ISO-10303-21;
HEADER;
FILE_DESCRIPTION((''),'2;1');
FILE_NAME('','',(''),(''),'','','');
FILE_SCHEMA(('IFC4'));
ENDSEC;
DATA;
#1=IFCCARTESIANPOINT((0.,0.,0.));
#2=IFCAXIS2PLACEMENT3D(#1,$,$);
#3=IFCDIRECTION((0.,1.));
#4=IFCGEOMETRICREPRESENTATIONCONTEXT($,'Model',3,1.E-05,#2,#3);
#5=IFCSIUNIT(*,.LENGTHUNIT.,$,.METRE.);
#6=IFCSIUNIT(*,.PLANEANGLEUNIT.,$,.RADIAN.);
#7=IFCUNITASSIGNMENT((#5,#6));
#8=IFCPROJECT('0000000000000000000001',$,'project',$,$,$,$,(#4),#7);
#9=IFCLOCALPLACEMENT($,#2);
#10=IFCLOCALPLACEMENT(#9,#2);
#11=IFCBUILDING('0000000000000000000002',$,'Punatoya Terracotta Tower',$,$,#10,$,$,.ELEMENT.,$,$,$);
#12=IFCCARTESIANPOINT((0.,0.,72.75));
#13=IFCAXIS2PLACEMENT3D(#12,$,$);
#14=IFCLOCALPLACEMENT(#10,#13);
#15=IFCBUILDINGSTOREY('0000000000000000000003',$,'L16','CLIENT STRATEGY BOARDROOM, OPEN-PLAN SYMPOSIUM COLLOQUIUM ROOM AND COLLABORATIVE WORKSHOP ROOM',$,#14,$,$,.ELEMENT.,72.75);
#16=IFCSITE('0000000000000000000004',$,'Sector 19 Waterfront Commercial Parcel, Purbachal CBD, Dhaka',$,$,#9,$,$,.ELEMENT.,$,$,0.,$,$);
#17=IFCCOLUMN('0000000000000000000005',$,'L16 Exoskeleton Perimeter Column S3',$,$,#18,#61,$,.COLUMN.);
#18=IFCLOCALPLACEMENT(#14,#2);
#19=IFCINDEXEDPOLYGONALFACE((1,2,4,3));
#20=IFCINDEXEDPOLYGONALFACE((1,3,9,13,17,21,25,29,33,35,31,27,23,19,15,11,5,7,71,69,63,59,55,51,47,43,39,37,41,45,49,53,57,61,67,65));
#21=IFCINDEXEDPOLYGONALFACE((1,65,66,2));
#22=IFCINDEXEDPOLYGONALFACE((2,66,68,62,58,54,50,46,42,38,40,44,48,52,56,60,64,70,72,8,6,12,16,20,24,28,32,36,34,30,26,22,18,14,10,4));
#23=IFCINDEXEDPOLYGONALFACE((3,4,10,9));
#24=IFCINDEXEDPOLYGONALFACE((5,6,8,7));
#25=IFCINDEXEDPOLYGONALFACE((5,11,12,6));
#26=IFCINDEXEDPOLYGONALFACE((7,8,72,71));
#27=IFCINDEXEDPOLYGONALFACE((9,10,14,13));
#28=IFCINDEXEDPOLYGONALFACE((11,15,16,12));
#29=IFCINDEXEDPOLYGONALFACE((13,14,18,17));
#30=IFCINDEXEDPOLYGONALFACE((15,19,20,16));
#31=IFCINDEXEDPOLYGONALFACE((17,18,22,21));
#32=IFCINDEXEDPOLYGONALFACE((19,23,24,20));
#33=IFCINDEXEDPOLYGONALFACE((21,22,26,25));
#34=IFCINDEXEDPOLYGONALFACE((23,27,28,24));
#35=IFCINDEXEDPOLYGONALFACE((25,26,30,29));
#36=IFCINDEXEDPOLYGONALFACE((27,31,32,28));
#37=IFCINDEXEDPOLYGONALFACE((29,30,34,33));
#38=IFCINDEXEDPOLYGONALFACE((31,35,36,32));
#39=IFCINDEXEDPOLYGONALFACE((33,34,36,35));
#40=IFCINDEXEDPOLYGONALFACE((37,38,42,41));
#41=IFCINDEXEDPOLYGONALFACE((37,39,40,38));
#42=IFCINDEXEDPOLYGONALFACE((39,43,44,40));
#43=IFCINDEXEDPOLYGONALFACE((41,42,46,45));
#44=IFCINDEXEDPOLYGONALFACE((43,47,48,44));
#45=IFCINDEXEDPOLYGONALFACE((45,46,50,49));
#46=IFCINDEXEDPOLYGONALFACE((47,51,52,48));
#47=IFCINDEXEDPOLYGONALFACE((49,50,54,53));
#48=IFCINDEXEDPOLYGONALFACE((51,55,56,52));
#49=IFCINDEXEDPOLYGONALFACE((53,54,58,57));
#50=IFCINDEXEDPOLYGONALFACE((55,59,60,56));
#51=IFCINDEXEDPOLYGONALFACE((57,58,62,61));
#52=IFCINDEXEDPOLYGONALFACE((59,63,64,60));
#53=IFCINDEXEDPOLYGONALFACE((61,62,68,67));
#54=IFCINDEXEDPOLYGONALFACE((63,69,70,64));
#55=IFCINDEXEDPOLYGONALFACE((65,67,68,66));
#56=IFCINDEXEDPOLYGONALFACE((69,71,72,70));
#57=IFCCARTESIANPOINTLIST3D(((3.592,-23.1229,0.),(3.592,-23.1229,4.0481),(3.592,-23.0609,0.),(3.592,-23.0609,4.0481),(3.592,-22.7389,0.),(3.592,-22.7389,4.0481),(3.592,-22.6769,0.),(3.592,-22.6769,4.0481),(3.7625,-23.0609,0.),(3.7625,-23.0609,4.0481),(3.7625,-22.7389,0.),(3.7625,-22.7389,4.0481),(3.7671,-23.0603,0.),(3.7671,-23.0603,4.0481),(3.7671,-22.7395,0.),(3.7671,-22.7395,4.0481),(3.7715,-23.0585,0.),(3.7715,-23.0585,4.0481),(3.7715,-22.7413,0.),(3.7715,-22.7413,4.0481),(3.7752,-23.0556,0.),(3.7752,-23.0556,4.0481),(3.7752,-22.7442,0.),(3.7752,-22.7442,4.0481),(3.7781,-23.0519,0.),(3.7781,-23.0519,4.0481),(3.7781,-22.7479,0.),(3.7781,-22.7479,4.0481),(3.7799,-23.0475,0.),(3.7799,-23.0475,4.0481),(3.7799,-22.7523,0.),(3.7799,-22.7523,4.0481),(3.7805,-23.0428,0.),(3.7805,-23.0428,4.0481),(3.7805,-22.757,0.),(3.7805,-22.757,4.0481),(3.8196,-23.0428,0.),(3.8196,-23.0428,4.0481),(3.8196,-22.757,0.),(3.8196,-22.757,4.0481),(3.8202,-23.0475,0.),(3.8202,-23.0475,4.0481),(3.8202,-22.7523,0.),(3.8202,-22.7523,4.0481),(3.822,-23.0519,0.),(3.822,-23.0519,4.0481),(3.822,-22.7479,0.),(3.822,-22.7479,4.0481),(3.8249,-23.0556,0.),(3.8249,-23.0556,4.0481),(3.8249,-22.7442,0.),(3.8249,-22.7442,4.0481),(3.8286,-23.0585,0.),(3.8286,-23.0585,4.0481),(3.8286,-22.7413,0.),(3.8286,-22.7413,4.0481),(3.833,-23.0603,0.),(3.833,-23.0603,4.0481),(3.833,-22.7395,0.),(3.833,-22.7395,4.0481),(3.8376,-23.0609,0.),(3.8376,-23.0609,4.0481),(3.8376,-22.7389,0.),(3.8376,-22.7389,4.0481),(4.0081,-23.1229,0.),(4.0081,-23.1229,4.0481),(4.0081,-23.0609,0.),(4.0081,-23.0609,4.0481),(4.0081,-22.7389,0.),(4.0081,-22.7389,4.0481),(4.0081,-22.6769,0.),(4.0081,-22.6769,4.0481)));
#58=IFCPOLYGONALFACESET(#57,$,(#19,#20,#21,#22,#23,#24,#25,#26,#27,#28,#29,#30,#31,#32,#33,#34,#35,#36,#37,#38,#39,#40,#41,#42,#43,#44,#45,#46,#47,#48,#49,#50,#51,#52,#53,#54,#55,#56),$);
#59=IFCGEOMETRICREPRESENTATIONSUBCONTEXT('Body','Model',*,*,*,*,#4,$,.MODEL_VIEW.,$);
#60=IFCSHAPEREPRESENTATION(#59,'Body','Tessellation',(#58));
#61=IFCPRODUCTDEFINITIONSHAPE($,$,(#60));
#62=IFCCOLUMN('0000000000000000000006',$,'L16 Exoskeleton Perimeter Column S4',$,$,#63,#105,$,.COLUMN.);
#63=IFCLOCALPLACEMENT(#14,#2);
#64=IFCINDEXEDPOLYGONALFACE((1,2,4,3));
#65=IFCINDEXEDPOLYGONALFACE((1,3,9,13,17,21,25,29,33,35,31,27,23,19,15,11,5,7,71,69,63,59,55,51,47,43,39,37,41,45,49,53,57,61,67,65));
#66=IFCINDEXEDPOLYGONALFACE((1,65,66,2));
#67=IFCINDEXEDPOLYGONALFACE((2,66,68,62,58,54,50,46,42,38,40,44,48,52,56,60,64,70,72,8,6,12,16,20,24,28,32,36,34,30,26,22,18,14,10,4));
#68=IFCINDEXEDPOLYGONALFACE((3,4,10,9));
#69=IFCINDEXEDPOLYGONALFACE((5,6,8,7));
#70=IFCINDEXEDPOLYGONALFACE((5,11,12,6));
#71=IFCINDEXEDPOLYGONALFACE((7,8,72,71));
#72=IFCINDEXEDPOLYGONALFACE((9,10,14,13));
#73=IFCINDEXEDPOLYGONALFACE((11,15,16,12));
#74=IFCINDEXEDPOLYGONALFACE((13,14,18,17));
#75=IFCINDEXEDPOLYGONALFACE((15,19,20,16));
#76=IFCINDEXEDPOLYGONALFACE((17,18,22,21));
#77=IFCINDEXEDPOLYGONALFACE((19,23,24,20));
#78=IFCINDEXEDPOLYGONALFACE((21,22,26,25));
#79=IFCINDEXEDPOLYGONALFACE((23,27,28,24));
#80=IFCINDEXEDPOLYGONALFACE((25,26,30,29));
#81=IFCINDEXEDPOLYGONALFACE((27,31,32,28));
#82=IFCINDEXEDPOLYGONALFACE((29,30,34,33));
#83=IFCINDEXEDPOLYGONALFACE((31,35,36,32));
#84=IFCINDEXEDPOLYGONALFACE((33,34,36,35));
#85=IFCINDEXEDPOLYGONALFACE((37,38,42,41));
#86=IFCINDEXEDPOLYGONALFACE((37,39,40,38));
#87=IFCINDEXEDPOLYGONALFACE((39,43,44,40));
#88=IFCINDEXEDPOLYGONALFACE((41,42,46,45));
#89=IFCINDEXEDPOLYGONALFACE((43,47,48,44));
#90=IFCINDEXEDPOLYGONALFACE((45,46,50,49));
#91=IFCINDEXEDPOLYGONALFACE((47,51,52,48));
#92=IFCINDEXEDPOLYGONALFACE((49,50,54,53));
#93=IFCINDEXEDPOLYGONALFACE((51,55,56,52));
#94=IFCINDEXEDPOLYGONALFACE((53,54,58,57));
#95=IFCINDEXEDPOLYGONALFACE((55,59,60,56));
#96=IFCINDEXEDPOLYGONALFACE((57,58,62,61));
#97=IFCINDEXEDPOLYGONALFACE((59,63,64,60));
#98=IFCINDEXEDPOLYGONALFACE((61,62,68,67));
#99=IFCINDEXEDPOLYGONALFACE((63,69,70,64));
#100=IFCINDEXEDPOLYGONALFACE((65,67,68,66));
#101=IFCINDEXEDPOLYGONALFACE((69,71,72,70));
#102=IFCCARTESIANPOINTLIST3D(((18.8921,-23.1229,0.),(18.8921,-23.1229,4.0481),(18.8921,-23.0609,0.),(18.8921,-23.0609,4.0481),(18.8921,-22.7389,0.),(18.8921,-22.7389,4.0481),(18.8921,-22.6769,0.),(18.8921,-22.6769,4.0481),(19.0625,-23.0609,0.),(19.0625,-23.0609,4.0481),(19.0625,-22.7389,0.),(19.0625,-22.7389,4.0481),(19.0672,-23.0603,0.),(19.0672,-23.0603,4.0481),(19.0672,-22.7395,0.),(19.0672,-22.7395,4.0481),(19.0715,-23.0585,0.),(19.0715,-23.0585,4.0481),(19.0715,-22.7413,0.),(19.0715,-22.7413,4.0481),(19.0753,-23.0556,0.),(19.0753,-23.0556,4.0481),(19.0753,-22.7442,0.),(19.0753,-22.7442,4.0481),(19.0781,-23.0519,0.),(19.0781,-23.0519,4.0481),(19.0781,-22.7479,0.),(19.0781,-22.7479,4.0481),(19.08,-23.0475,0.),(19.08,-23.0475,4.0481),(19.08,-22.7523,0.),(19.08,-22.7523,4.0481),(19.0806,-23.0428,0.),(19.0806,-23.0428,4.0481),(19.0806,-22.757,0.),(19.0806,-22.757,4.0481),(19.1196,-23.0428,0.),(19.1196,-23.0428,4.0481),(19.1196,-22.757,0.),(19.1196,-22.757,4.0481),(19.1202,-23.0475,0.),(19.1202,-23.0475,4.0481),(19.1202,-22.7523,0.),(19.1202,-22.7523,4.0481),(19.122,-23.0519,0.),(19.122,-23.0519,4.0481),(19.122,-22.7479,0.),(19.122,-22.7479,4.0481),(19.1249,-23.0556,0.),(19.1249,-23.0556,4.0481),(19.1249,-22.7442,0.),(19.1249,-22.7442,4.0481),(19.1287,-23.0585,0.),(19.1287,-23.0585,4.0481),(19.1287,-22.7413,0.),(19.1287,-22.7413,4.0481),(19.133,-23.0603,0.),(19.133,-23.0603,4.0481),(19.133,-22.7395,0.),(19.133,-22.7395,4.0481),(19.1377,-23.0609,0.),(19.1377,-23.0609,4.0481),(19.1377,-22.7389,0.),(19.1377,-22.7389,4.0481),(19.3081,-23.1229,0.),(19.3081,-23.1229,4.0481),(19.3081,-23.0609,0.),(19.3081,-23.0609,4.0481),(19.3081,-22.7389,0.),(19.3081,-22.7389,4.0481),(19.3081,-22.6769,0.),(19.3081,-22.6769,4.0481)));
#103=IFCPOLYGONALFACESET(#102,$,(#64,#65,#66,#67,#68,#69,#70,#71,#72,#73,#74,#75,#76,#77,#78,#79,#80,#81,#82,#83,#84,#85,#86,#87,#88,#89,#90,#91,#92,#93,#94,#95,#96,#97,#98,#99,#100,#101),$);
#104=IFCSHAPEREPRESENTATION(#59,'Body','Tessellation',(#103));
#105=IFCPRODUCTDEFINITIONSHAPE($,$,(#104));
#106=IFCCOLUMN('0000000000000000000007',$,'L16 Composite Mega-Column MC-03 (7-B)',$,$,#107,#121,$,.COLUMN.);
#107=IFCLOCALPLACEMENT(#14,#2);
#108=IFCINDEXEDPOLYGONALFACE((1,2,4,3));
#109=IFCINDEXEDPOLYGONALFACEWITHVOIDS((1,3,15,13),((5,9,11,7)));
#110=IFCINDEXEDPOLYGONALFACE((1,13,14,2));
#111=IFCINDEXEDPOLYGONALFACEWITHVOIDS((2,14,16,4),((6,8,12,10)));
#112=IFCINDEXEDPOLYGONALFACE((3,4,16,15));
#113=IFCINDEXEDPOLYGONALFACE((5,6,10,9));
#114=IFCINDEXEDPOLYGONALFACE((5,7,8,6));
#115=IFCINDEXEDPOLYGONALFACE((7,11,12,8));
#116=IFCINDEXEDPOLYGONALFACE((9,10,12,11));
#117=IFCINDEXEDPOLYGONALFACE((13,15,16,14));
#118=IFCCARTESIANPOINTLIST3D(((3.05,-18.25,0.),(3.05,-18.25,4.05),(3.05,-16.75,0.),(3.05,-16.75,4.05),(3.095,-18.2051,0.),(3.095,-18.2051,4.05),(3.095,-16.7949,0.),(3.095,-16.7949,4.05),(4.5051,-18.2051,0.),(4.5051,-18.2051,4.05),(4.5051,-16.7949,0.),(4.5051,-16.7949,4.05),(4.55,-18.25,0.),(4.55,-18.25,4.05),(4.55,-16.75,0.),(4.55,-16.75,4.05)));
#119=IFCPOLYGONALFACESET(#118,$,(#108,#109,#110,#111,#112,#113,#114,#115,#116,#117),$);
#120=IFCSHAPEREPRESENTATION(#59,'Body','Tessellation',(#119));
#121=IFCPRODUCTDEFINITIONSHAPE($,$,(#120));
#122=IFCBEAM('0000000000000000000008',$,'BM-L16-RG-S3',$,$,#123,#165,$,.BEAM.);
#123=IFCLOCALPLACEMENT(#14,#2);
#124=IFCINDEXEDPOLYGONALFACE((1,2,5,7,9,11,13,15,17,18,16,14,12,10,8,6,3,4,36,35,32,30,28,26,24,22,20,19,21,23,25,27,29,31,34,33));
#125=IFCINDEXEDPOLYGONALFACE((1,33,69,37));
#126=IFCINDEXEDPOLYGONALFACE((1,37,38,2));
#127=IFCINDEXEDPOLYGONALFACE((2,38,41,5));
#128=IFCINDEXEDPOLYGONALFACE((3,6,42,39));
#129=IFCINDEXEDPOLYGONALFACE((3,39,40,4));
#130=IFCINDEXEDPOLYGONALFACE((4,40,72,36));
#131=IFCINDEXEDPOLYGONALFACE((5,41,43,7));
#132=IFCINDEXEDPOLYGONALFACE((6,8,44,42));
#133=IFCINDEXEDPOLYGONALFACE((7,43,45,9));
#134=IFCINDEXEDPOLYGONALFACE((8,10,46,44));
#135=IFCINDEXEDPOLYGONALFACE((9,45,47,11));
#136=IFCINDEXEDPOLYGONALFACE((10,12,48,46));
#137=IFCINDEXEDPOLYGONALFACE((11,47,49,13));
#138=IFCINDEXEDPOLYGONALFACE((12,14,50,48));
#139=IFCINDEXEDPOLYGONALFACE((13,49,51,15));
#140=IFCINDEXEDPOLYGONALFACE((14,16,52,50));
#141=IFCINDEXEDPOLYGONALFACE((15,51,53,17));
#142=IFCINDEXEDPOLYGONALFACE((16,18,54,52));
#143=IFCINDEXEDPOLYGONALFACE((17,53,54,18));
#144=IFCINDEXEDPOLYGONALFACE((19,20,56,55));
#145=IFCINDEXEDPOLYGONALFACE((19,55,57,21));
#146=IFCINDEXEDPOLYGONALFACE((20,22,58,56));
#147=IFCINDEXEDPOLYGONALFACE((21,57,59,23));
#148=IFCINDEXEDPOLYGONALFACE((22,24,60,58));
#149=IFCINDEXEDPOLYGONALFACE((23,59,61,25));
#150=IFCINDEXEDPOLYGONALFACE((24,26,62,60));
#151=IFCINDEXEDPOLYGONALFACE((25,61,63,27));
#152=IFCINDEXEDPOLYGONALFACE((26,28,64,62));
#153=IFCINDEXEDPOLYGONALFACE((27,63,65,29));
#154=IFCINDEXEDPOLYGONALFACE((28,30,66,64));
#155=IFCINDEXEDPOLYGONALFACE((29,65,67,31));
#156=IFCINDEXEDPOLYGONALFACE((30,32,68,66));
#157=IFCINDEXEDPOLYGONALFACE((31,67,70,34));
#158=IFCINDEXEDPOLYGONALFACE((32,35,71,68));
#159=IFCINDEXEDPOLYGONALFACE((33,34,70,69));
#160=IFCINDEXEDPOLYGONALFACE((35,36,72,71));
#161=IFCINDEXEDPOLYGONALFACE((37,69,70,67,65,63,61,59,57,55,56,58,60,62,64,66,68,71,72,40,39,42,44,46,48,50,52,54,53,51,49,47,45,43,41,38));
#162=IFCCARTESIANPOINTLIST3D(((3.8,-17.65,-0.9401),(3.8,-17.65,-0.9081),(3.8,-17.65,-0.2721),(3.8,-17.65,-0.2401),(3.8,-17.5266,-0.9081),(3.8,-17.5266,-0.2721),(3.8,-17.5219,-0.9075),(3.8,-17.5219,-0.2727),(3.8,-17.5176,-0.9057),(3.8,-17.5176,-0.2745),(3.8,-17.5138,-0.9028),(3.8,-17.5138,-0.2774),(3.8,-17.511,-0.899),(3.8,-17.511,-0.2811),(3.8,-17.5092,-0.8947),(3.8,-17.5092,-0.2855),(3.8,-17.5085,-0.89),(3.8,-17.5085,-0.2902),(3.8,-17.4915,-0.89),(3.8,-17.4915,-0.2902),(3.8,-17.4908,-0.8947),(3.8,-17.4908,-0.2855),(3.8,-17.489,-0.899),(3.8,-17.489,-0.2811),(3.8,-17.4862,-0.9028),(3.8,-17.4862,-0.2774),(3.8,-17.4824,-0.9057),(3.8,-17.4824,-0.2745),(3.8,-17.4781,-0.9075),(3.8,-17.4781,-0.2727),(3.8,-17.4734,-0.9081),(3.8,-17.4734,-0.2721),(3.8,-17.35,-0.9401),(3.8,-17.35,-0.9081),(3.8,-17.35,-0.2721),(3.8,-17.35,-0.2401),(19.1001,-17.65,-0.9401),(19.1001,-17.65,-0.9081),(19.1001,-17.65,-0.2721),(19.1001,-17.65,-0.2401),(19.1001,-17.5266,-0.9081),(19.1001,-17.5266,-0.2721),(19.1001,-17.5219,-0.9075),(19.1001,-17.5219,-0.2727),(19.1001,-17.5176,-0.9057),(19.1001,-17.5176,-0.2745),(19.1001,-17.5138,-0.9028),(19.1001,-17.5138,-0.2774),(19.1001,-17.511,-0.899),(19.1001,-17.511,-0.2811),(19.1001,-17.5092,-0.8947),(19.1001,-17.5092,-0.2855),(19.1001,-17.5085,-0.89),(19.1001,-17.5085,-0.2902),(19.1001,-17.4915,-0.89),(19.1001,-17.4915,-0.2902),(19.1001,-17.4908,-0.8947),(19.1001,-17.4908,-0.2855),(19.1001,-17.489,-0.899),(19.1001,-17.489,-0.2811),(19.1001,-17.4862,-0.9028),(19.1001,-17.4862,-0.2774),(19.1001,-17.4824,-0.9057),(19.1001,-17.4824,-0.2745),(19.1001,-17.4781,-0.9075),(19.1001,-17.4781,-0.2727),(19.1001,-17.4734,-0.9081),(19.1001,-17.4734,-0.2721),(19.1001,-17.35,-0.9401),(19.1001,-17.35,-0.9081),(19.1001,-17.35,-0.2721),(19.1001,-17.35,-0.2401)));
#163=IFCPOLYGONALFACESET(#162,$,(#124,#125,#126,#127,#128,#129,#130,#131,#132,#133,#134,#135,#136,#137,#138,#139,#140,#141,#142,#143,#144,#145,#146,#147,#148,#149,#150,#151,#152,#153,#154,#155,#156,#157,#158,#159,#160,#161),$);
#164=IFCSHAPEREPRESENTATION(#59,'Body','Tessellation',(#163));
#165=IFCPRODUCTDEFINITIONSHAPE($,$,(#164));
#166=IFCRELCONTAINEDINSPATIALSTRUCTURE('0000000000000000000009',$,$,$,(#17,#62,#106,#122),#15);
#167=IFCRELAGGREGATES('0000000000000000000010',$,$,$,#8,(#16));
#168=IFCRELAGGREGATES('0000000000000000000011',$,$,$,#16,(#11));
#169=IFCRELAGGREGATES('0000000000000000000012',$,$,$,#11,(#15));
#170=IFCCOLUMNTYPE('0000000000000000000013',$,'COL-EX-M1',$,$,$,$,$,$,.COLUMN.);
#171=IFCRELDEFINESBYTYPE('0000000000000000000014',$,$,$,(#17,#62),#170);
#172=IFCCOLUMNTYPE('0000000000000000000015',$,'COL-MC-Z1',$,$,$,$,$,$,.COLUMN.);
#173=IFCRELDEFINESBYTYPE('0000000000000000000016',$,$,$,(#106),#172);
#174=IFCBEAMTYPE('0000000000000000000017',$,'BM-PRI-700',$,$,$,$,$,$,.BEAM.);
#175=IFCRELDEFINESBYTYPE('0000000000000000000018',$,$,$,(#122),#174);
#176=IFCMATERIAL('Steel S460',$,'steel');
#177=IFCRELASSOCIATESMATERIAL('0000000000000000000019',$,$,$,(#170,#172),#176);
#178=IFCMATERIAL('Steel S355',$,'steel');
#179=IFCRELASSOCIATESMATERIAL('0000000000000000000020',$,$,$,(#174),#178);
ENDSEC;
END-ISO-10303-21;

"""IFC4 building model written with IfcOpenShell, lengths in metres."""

from ifc_helpers import new_model, si_unit, direction, frame, origin, origin_2d, place, context, subcontext, project, spatial, hollow_rectangle, i_section, extrude, material, material_profile, profile_set, type_object, element, save


model = new_model("IFC4")

# Units and contexts
model_context = context("Model", 3, precision=1e-05, world=origin(), true_north=direction((0.0, 1.0)))
body_context = subcontext(model_context, "Body", "Model", "MODEL_VIEW")
ifc_project = project(units=[si_unit("LENGTHUNIT", "METRE"), si_unit("PLANEANGLEUNIT", "RADIAN")], contexts=[model_context])

# Site, building, storey
site_placement = place(None, origin())
site = spatial("IfcSite", under=ifc_project, at=site_placement, Name="Sector 19 Waterfront Commercial Parcel, Purbachal CBD, Dhaka", CompositionType="ELEMENT", RefElevation=0.0)
building_placement = place(site_placement, origin())
building = spatial("IfcBuilding", under=site, at=building_placement, Name="Punatoya Terracotta Tower", CompositionType="ELEMENT")
storey_placement = place(building_placement, frame((0.0, 0.0, 72.75)))
storey = spatial("IfcBuildingStorey", under=building, at=storey_placement, Name="L16", Description="CLIENT STRATEGY BOARDROOM, OPEN-PLAN SYMPOSIUM COLLOQUIUM ROOM AND COLLABORATIVE WORKSHOP ROOM", CompositionType="ELEMENT", Elevation=72.75)

# Columns
ifc_material_1 = material(Name="Steel S460", Category="steel")
ifc_material_profile_1 = material_profile(ifc_material_1, i_section(OverallWidth=0.416, OverallDepth=0.446, WebThickness=0.0391, FlangeThickness=0.062, FilletRadius=0.0181, at=origin_2d()))
ifc_profile_set_1 = profile_set([ifc_material_profile_1], Name="Steel S460")
column_type_1 = type_object("IfcColumnType", Name="COL-EX-M1", PredefinedType="COLUMN", material=ifc_profile_set_1)
for number, where, z_axis, x_axis, name in (
    (1, (3.8, -22.8999, 0.0), (0.0, 0.0, 1.0), (1.0, 0.0, 0.0), "L16 Exoskeleton Perimeter Column S3"),
    (2, (19.1001, -22.8999, 0.0), (0.0, 0.0, 1.0), (1.0, 0.0, 0.0), "L16 Exoskeleton Perimeter Column S4"),
):
    element("IfcColumn", number, at=place(storey_placement, frame(where, z_axis=z_axis, x_axis=x_axis)), inside=storey, type_object=column_type_1, Name=name, PredefinedType="COLUMN", context=body_context, shape_type="SweptSolid", body=[
        extrude(i_section(OverallWidth=0.416, OverallDepth=0.446, WebThickness=0.0391, FlangeThickness=0.062, FilletRadius=0.0181, at=origin_2d()), origin(), (0.0, 0.0, 1.0), 4.0481),
    ])
ifc_material_profile_2 = material_profile(ifc_material_1, hollow_rectangle(XDim=1.5, YDim=1.5, WallThickness=0.0449, at=origin_2d()))
ifc_profile_set_2 = profile_set([ifc_material_profile_2], Name="Steel S460")
column_type_2 = type_object("IfcColumnType", Name="COL-MC-Z1", PredefinedType="COLUMN", material=ifc_profile_set_2)
column_placement = place(storey_placement, frame((3.8, -17.5, 0.0), z_axis=(0.0, 0.0, 1.0), x_axis=(1.0, 0.0, 0.0)))
element("IfcColumn", 3, at=column_placement, inside=storey, type_object=column_type_2, Name="L16 Composite Mega-Column MC-03 (7-B)", PredefinedType="COLUMN", context=body_context, shape_type="SweptSolid", body=[
    extrude(hollow_rectangle(XDim=1.5, YDim=1.5, WallThickness=0.0449, at=origin_2d()), origin(), (0.0, 0.0, 1.0), 4.05),
])

# Beam
ifc_material_2 = material(Name="Steel S355", Category="steel")
ifc_material_profile_3 = material_profile(ifc_material_2, i_section(OverallWidth=0.3, OverallDepth=0.7, WebThickness=0.0171, FlangeThickness=0.032, FilletRadius=0.0181, at=origin_2d()))
ifc_profile_set_3 = profile_set([ifc_material_profile_3], Name="Steel S355")
beam_type_1 = type_object("IfcBeamType", Name="BM-PRI-700", PredefinedType="BEAM", material=ifc_profile_set_3)
beam_1_placement = place(storey_placement, frame((3.8, -17.5, -0.5901), z_axis=(1.0, 0.0, 0.0), x_axis=(0.0, 1.0, 0.0)))
element("IfcBeam", 4, at=beam_1_placement, inside=storey, type_object=beam_type_1, Name="BM-L16-RG-S3", PredefinedType="BEAM", context=body_context, shape_type="SweptSolid", body=[
    extrude(i_section(OverallWidth=0.3, OverallDepth=0.7, WebThickness=0.0171, FlangeThickness=0.032, FilletRadius=0.0181, at=origin_2d()), origin(), (0.0, 0.0, 1.0), 15.3),
])

save(model, "model.ifc")
